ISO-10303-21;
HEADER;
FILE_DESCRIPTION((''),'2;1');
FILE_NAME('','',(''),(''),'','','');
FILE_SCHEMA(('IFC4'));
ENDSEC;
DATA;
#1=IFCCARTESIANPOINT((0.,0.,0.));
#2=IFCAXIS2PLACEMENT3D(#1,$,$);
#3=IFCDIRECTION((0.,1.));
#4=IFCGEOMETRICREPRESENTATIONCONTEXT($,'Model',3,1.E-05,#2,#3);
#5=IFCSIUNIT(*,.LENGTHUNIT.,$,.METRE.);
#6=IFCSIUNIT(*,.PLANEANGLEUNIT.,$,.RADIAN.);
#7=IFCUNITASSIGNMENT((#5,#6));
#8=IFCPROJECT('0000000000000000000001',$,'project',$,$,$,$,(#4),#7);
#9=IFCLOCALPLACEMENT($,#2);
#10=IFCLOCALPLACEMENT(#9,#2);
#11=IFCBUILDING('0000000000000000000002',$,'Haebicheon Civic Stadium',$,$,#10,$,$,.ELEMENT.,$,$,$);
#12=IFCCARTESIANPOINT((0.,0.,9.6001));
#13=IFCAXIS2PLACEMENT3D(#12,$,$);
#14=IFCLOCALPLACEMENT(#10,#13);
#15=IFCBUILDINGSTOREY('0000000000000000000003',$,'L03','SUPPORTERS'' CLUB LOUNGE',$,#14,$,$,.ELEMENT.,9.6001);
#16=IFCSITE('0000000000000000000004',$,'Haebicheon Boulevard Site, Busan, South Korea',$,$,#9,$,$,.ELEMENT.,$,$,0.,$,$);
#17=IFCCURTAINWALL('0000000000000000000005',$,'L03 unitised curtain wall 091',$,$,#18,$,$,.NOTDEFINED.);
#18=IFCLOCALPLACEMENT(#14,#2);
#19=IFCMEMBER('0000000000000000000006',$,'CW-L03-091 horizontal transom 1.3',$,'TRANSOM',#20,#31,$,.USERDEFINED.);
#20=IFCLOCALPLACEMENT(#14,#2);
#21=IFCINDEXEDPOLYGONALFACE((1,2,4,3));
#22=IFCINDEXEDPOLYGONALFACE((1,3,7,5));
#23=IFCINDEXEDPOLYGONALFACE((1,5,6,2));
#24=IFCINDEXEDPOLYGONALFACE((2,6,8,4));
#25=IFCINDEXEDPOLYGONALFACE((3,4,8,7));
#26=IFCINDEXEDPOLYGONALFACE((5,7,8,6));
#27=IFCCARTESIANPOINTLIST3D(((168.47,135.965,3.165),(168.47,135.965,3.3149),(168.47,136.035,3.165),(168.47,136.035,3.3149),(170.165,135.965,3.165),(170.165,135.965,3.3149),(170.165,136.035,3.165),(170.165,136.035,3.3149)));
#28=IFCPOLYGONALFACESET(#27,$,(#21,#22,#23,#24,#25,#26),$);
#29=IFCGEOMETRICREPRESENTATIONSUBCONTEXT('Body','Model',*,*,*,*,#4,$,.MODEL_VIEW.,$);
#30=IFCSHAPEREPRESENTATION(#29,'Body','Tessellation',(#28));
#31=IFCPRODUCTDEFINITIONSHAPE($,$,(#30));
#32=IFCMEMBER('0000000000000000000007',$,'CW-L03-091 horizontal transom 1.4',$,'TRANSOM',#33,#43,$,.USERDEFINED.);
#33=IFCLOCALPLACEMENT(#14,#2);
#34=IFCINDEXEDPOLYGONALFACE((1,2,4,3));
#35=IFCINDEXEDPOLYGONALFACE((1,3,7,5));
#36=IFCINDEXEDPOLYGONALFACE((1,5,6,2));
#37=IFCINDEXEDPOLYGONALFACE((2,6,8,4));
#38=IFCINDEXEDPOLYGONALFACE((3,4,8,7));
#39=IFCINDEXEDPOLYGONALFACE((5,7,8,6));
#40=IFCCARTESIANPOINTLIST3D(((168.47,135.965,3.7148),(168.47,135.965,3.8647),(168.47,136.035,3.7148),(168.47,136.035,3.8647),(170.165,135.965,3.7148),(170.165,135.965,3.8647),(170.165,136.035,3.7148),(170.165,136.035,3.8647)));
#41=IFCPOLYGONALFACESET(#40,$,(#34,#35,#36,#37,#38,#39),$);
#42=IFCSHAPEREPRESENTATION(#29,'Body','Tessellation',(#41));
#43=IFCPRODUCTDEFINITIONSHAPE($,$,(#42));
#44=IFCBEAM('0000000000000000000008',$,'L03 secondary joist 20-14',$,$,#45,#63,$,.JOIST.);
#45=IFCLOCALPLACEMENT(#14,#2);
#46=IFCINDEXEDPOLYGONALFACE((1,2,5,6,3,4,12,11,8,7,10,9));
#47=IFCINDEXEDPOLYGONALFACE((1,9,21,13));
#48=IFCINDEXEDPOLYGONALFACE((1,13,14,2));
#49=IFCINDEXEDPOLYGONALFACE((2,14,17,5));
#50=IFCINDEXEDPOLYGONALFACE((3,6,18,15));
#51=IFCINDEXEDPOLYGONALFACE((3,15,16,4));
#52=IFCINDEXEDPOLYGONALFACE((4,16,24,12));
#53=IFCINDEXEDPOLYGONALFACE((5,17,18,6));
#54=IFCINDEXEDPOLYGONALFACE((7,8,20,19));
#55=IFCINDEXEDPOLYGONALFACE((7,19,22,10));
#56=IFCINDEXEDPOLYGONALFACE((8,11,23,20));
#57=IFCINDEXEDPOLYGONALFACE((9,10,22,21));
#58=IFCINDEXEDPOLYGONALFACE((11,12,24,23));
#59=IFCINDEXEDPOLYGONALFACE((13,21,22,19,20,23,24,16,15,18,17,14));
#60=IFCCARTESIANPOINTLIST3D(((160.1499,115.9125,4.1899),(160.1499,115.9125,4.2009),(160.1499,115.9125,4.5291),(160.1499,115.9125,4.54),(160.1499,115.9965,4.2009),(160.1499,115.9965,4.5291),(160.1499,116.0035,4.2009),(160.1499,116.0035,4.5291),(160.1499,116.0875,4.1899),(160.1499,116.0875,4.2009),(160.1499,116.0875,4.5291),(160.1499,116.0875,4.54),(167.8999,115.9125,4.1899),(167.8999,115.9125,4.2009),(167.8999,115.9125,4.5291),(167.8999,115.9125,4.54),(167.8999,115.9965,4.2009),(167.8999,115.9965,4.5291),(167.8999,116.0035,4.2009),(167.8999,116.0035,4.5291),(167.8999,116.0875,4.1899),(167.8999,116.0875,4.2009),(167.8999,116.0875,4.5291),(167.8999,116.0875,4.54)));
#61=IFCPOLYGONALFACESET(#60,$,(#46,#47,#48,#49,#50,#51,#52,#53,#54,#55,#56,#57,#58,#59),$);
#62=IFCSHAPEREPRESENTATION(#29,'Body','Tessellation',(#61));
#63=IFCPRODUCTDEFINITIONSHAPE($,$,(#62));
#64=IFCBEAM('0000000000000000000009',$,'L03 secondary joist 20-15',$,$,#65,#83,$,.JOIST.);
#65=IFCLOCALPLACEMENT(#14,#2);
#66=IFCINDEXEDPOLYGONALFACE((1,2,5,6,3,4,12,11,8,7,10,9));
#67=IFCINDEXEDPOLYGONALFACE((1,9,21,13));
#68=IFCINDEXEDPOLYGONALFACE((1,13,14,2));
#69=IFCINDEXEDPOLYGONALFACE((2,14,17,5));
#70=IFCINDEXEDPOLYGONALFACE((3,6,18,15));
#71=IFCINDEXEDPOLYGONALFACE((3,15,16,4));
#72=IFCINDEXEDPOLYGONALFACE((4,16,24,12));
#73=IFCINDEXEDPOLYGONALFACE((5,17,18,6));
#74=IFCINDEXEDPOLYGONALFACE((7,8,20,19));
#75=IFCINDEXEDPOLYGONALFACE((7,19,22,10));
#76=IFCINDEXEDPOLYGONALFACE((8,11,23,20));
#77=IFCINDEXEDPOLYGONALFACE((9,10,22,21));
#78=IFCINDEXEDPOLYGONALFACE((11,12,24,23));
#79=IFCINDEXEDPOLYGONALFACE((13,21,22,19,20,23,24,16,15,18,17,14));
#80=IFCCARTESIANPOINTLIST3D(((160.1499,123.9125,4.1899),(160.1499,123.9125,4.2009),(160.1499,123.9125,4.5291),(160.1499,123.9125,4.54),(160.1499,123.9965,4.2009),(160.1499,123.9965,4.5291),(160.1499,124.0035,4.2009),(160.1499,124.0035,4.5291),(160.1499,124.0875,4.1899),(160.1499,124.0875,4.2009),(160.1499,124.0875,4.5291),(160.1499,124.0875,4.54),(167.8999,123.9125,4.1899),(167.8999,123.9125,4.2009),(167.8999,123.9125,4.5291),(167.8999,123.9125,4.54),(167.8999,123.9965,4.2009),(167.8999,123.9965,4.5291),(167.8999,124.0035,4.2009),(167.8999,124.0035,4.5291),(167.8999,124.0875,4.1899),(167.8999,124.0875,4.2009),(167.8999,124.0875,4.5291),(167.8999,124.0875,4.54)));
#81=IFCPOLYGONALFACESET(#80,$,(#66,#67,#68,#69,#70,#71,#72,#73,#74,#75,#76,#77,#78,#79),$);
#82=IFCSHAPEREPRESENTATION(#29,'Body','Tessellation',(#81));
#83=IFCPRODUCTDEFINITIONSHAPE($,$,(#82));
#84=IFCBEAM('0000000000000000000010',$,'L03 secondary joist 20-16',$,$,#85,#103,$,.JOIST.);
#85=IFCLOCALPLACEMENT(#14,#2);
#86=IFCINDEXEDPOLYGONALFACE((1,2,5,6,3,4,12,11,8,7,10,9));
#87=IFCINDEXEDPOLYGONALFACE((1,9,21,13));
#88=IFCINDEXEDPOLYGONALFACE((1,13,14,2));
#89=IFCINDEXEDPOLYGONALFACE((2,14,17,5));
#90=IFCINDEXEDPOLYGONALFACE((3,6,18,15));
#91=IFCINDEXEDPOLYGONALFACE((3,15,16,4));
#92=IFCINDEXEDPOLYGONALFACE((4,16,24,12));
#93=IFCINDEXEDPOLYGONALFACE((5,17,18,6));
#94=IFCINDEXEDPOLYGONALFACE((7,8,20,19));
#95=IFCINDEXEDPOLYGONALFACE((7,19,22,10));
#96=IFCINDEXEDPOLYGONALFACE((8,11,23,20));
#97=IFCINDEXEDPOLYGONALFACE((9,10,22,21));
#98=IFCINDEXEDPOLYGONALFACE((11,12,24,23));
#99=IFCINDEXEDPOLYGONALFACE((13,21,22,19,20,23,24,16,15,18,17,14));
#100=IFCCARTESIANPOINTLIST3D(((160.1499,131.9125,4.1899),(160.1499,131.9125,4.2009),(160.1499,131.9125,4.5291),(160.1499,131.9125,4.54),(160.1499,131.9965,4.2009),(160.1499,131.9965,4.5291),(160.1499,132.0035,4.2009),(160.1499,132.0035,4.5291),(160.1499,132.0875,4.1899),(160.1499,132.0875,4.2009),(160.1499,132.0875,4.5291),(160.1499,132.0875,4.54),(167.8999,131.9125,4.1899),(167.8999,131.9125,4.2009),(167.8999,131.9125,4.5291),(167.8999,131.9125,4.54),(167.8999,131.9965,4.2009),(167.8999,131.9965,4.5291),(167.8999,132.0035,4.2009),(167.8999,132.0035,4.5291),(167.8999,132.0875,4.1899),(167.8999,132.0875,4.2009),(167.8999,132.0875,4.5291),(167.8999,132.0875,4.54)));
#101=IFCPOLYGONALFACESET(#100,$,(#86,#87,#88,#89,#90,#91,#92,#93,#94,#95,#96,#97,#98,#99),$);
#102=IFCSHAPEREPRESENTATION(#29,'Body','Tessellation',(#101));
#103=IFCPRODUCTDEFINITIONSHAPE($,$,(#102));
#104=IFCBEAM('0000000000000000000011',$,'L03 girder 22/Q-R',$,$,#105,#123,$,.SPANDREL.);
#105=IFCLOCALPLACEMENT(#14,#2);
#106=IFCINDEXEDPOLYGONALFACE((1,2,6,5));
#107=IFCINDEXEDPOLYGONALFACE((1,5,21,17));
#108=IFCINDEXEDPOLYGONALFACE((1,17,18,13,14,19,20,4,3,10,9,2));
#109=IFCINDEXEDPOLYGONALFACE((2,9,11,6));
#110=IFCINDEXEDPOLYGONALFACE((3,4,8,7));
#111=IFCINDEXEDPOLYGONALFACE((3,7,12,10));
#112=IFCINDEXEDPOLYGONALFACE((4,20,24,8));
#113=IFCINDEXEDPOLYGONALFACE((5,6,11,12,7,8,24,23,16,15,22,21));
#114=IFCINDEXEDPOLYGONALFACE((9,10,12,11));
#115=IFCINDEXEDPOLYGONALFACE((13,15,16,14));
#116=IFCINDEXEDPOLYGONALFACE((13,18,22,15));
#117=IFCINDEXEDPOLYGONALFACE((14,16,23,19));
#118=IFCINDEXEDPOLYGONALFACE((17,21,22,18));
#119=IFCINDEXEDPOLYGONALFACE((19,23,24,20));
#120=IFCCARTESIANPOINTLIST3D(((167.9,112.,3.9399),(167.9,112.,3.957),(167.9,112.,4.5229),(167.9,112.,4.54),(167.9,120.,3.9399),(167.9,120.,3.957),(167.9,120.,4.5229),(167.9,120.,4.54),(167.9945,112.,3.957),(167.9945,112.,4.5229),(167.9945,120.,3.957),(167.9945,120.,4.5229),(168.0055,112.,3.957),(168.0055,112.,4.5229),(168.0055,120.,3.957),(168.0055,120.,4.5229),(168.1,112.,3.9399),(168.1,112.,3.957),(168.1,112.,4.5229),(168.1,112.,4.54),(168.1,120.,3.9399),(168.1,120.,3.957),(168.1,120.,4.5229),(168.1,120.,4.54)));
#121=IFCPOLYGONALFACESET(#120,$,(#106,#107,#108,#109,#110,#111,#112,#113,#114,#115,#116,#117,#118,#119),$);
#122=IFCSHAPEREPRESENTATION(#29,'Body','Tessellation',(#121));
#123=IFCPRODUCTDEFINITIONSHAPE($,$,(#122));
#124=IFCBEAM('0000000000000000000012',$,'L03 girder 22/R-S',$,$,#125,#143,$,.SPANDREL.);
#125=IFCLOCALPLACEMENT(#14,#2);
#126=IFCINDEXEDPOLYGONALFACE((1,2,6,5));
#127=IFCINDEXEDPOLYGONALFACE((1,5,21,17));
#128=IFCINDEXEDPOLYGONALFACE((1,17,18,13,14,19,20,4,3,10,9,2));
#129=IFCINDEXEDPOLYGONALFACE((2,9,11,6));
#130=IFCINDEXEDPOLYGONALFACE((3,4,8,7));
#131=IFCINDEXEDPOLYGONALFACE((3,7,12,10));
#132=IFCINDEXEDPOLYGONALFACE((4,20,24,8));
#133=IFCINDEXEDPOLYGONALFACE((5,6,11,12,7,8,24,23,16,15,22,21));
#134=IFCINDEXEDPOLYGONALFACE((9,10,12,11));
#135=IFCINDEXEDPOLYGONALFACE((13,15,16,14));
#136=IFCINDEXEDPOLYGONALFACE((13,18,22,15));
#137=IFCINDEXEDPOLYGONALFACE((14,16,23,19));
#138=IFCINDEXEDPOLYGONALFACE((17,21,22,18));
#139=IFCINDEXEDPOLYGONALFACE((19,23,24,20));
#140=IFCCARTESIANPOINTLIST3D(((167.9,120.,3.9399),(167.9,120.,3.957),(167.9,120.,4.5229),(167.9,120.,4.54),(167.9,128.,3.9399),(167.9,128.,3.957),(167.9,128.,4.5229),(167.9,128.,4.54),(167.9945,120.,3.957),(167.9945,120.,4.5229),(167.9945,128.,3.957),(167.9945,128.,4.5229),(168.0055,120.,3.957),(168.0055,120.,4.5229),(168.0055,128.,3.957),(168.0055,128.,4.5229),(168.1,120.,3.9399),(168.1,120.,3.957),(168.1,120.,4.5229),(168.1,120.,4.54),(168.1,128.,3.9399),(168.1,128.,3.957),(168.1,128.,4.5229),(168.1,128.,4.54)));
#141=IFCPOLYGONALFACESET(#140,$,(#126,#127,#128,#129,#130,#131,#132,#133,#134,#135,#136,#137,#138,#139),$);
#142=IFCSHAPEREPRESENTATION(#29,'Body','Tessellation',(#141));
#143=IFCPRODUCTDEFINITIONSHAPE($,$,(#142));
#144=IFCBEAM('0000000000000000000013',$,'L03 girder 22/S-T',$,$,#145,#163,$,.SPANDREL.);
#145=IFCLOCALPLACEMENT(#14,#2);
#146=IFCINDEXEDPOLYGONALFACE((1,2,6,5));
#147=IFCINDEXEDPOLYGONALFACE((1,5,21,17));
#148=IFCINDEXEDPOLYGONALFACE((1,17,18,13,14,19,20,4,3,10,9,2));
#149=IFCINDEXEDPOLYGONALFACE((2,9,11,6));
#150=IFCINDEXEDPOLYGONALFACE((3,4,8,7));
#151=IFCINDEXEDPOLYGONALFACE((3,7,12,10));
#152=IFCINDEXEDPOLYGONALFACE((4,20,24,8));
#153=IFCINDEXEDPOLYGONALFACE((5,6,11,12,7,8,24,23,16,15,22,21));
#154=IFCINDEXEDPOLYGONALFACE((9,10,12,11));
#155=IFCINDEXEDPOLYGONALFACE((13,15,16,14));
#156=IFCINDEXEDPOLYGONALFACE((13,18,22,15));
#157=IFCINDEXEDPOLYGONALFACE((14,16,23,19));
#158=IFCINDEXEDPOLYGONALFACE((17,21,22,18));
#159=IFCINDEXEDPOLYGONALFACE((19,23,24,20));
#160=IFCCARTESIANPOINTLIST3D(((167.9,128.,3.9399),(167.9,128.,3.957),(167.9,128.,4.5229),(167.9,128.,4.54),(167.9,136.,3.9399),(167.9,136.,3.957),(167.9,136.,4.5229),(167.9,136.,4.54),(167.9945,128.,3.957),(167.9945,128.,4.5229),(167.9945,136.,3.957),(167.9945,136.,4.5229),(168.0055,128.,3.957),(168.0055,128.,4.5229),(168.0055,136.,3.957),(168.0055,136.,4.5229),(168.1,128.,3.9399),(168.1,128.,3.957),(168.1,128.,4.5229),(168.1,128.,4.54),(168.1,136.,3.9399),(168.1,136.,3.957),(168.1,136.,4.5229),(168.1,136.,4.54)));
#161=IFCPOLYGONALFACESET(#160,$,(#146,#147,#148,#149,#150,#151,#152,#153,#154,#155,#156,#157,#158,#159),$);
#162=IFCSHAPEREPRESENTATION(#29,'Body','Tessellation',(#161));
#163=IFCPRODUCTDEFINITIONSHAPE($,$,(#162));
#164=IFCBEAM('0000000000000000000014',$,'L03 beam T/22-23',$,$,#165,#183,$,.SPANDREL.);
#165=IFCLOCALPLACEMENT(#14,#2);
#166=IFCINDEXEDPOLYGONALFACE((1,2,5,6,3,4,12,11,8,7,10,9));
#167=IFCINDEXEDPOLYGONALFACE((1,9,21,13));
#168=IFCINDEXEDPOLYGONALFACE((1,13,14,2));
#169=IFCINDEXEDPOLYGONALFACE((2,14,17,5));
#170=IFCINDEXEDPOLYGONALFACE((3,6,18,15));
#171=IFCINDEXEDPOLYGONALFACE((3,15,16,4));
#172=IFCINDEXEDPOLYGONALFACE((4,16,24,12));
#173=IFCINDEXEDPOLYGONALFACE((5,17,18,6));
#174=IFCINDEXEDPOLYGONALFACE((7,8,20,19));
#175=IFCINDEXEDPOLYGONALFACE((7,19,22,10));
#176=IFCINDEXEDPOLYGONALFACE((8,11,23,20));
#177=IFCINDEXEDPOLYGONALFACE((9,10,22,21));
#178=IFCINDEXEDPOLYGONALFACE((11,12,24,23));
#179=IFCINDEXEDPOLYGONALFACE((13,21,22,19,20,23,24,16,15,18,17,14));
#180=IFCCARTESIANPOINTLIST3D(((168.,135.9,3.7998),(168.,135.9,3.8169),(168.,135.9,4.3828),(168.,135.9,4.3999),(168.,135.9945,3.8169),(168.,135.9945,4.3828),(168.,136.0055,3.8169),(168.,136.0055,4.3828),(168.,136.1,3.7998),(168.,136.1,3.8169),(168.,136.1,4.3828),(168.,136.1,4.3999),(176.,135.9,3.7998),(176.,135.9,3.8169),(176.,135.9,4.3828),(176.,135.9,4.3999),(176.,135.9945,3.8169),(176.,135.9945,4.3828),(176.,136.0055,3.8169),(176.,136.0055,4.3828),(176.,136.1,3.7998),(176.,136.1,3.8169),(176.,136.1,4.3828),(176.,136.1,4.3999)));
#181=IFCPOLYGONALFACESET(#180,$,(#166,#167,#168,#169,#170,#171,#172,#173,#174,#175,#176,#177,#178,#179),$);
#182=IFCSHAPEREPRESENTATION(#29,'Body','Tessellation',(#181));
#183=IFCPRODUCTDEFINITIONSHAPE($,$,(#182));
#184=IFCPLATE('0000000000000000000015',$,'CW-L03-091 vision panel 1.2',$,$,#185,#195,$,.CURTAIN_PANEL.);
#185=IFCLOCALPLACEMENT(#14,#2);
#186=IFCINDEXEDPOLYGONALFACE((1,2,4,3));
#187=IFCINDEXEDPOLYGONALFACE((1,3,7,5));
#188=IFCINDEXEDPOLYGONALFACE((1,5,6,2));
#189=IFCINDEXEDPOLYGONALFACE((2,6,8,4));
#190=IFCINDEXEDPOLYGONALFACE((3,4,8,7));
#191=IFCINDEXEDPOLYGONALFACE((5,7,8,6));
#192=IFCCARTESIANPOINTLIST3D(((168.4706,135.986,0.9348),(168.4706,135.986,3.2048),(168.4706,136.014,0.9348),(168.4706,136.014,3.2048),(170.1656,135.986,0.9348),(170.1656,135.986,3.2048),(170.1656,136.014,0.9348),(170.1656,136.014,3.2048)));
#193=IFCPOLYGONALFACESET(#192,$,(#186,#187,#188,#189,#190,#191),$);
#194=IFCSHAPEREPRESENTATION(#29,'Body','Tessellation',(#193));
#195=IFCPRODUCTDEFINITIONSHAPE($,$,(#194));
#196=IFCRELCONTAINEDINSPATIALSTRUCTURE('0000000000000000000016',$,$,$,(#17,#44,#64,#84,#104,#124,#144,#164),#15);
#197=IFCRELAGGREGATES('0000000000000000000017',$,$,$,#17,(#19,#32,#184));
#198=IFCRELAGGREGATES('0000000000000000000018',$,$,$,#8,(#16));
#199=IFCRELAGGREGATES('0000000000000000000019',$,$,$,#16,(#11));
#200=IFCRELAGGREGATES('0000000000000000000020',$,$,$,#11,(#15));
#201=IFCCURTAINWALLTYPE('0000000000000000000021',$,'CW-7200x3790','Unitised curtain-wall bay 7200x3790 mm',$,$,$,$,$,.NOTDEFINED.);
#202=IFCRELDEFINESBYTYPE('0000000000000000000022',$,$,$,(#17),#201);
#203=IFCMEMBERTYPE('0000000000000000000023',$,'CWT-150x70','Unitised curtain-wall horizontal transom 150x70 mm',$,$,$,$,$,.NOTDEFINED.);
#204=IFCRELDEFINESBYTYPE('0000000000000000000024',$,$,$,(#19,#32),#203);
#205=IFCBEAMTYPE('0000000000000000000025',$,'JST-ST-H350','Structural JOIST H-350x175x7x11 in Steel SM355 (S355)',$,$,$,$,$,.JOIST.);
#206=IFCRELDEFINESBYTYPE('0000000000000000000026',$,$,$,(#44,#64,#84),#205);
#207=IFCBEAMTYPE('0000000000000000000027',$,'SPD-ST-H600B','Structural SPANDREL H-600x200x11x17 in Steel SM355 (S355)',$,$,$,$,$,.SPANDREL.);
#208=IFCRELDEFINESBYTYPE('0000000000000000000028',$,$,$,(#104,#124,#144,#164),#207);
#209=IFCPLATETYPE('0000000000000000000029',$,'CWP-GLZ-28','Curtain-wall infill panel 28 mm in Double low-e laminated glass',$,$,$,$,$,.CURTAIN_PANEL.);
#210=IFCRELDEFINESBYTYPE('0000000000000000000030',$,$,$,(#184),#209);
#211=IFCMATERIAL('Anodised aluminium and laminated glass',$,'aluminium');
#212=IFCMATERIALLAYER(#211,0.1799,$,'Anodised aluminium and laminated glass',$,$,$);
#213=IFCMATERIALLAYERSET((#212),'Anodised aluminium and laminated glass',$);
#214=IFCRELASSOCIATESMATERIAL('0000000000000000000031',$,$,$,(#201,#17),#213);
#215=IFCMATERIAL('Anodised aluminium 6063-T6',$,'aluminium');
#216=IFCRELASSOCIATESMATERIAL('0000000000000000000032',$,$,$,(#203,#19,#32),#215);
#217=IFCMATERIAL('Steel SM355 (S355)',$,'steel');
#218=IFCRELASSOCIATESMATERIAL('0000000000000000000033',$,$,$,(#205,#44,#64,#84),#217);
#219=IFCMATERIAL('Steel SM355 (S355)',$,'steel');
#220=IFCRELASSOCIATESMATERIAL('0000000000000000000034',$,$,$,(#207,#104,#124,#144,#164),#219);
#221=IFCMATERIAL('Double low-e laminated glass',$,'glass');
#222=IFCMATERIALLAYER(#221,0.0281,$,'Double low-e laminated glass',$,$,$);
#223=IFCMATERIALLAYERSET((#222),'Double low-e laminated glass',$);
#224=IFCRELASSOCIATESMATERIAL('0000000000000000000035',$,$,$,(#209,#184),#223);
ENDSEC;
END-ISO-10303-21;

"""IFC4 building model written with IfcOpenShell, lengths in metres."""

from ifc_helpers import new_model, si_unit, direction, frame, origin, origin_2d, place, context, subcontext, project, spatial, rectangle, i_section, extrude, material, layer, layer_set, material_profile, profile_set, type_object, element, aggregate, save


model = new_model("IFC4")

# Units and contexts
model_context = context("Model", 3, precision=1e-05, world=origin(), true_north=direction((0.0, 1.0)))
body_context = subcontext(model_context, "Body", "Model", "MODEL_VIEW")
ifc_project = project(units=[si_unit("LENGTHUNIT", "METRE"), si_unit("PLANEANGLEUNIT", "RADIAN")], contexts=[model_context])

# Site, building, storey
site_placement = place(None, origin())
site = spatial("IfcSite", under=ifc_project, at=site_placement, Name="Haebicheon Boulevard Site, Busan, South Korea", CompositionType="ELEMENT", RefElevation=0.0)
building_placement = place(site_placement, origin())
building = spatial("IfcBuilding", under=site, at=building_placement, Name="Haebicheon Civic Stadium", CompositionType="ELEMENT")
storey_placement = place(building_placement, frame((0.0, 0.0, 9.6001)))
storey = spatial("IfcBuildingStorey", under=building, at=storey_placement, Name="L03", Description="SUPPORTERS' CLUB LOUNGE", CompositionType="ELEMENT", Elevation=9.6001)

# Curtain wall, members
ifc_material_1 = material(Name="Anodised aluminium and laminated glass", Category="aluminium")
ifc_layer_1 = layer(ifc_material_1, 0.1799, Name="Anodised aluminium and laminated glass")
ifc_layer_set_1 = layer_set([ifc_layer_1], Name="Anodised aluminium and laminated glass")
curtain_wall_type = type_object("IfcCurtainWallType", Name="CW-7200x3790", Description="Unitised curtain-wall bay 7200x3790 mm", PredefinedType="NOTDEFINED", material=ifc_layer_set_1)
curtain_wall_placement = place(storey_placement, origin())
curtain_wall = element("IfcCurtainWall", 1, at=curtain_wall_placement, inside=storey, type_object=curtain_wall_type, material=ifc_layer_set_1, Name="L03 unitised curtain wall 091", PredefinedType="NOTDEFINED")
ifc_material_2 = material(Name="Anodised aluminium 6063-T6", Category="aluminium")
ifc_material_profile_1 = material_profile(ifc_material_2, rectangle(XDim=0.0701, YDim=0.1499, at=origin_2d()), Name="ALU-TRAN-70x150")
ifc_profile_set_1 = profile_set([ifc_material_profile_1], Name="Anodised aluminium 6063-T6")
member_type_1 = type_object("IfcMemberType", Name="CWT-150x70", Description="Unitised curtain-wall horizontal transom 150x70 mm", PredefinedType="NOTDEFINED", material=ifc_profile_set_1)
member_1_placement = place(storey_placement, frame((168.47, 136.0, 3.24), z_axis=(1.0, 0.0, 0.0), x_axis=(0.0, 1.0, 0.0)))
member_1 = element("IfcMember", 2, at=member_1_placement, type_object=member_type_1, material=ifc_profile_set_1, Name="CW-L03-091 horizontal transom 1.3", ObjectType="TRANSOM", PredefinedType="USERDEFINED", context=body_context, shape_type="SweptSolid", body=[
    extrude(rectangle(XDim=0.0701, YDim=0.1499, at=origin_2d()), origin(), (0.0, 0.0, 1.0), 1.6951),
])
member_2_placement = place(storey_placement, frame((168.47, 136.0, 3.7898), z_axis=(1.0, 0.0, 0.0), x_axis=(0.0, 1.0, 0.0)))
member_2 = element("IfcMember", 3, at=member_2_placement, type_object=member_type_1, material=ifc_profile_set_1, Name="CW-L03-091 horizontal transom 1.4", ObjectType="TRANSOM", PredefinedType="USERDEFINED", context=body_context, shape_type="SweptSolid", body=[
    extrude(rectangle(XDim=0.0701, YDim=0.1499, at=origin_2d()), origin(), (0.0, 0.0, 1.0), 1.6951),
])

# Beams
ifc_material_3 = material(Name="Steel SM355 (S355)", Category="steel")
ifc_material_profile_2 = material_profile(ifc_material_3, i_section(OverallWidth=0.175, OverallDepth=0.3501, WebThickness=0.0071, FlangeThickness=0.011, at=origin_2d()), Name="H-350x175x7x11")
ifc_profile_set_2 = profile_set([ifc_material_profile_2], Name="Steel SM355 (S355)")
beam_type_1 = type_object("IfcBeamType", Name="JST-ST-H350", Description="Structural JOIST H-350x175x7x11 in Steel SM355 (S355)", PredefinedType="JOIST", material=ifc_profile_set_2)
for number, where, z_axis, x_axis, name in (
    (4, (160.1499, 116.0, 4.365), (1.0, 0.0, 0.0), (0.0, 1.0, 0.0), "L03 secondary joist 20-14"),
    (5, (160.1499, 124.0, 4.365), (1.0, 0.0, 0.0), (0.0, 1.0, 0.0), "L03 secondary joist 20-15"),
    (6, (160.1499, 132.0, 4.365), (1.0, 0.0, 0.0), (0.0, 1.0, 0.0), "L03 secondary joist 20-16"),
):
    element("IfcBeam", number, at=place(storey_placement, frame(where, z_axis=z_axis, x_axis=x_axis)), inside=storey, type_object=beam_type_1, material=ifc_profile_set_2, Name=name, PredefinedType="JOIST", context=body_context, shape_type="SweptSolid", body=[
        extrude(i_section(OverallWidth=0.175, OverallDepth=0.3501, WebThickness=0.0071, FlangeThickness=0.011, at=origin_2d()), origin(), (0.0, 0.0, 1.0), 7.75),
    ])
ifc_material_4 = material(Name="Steel SM355 (S355)", Category="steel")
ifc_material_profile_3 = material_profile(ifc_material_4, i_section(OverallWidth=0.2, OverallDepth=0.6001, WebThickness=0.011, FlangeThickness=0.0171, at=origin_2d()), Name="H-600x200x11x17")
ifc_profile_set_3 = profile_set([ifc_material_profile_3], Name="Steel SM355 (S355)")
beam_type_2 = type_object("IfcBeamType", Name="SPD-ST-H600B", Description="Structural SPANDREL H-600x200x11x17 in Steel SM355 (S355)", PredefinedType="SPANDREL", material=ifc_profile_set_3)
for number, where, z_axis, x_axis, name in (
    (7, (168.0, 112.0, 4.24), (0.0, 1.0, 0.0), (-1.0, 0.0, 0.0), "L03 girder 22/Q-R"),
    (8, (168.0, 120.0, 4.24), (0.0, 1.0, 0.0), (-1.0, 0.0, 0.0), "L03 girder 22/R-S"),
    (9, (168.0, 128.0, 4.24), (0.0, 1.0, 0.0), (-1.0, 0.0, 0.0), "L03 girder 22/S-T"),
    (10, (168.0, 136.0, 4.0999), (1.0, 0.0, 0.0), (0.0, 1.0, 0.0), "L03 beam T/22-23"),
):
    element("IfcBeam", number, at=place(storey_placement, frame(where, z_axis=z_axis, x_axis=x_axis)), inside=storey, type_object=beam_type_2, material=ifc_profile_set_3, Name=name, PredefinedType="SPANDREL", context=body_context, shape_type="SweptSolid", body=[
        extrude(i_section(OverallWidth=0.2, OverallDepth=0.6001, WebThickness=0.011, FlangeThickness=0.0171, at=origin_2d()), origin(), (0.0, 0.0, 1.0), 8.0),
    ])

# Plate
ifc_material_5 = material(Name="Double low-e laminated glass", Category="glass")
ifc_layer_2 = layer(ifc_material_5, 0.0281, Name="Double low-e laminated glass")
ifc_layer_set_2 = layer_set([ifc_layer_2], Name="Double low-e laminated glass")
plate_type_1 = type_object("IfcPlateType", Name="CWP-GLZ-28", Description="Curtain-wall infill panel 28 mm in Double low-e laminated glass", PredefinedType="CURTAIN_PANEL", material=ifc_layer_set_2)
plate_1_placement = place(storey_placement, frame((169.3181, 136.0, 0.9348), z_axis=(0.0, 0.0, 1.0), x_axis=(1.0, 0.0, 0.0)))
plate_1 = element("IfcPlate", 11, at=plate_1_placement, type_object=plate_type_1, material=ifc_layer_set_2, Name="CW-L03-091 vision panel 1.2", PredefinedType="CURTAIN_PANEL", context=body_context, shape_type="SweptSolid", body=[
    extrude(rectangle(XDim=1.6951, YDim=0.0281, at=origin_2d()), origin(), (0.0, 0.0, 1.0), 2.27),
])
aggregate(curtain_wall, [member_1, member_2, plate_1])

save(model, "model.ifc")
